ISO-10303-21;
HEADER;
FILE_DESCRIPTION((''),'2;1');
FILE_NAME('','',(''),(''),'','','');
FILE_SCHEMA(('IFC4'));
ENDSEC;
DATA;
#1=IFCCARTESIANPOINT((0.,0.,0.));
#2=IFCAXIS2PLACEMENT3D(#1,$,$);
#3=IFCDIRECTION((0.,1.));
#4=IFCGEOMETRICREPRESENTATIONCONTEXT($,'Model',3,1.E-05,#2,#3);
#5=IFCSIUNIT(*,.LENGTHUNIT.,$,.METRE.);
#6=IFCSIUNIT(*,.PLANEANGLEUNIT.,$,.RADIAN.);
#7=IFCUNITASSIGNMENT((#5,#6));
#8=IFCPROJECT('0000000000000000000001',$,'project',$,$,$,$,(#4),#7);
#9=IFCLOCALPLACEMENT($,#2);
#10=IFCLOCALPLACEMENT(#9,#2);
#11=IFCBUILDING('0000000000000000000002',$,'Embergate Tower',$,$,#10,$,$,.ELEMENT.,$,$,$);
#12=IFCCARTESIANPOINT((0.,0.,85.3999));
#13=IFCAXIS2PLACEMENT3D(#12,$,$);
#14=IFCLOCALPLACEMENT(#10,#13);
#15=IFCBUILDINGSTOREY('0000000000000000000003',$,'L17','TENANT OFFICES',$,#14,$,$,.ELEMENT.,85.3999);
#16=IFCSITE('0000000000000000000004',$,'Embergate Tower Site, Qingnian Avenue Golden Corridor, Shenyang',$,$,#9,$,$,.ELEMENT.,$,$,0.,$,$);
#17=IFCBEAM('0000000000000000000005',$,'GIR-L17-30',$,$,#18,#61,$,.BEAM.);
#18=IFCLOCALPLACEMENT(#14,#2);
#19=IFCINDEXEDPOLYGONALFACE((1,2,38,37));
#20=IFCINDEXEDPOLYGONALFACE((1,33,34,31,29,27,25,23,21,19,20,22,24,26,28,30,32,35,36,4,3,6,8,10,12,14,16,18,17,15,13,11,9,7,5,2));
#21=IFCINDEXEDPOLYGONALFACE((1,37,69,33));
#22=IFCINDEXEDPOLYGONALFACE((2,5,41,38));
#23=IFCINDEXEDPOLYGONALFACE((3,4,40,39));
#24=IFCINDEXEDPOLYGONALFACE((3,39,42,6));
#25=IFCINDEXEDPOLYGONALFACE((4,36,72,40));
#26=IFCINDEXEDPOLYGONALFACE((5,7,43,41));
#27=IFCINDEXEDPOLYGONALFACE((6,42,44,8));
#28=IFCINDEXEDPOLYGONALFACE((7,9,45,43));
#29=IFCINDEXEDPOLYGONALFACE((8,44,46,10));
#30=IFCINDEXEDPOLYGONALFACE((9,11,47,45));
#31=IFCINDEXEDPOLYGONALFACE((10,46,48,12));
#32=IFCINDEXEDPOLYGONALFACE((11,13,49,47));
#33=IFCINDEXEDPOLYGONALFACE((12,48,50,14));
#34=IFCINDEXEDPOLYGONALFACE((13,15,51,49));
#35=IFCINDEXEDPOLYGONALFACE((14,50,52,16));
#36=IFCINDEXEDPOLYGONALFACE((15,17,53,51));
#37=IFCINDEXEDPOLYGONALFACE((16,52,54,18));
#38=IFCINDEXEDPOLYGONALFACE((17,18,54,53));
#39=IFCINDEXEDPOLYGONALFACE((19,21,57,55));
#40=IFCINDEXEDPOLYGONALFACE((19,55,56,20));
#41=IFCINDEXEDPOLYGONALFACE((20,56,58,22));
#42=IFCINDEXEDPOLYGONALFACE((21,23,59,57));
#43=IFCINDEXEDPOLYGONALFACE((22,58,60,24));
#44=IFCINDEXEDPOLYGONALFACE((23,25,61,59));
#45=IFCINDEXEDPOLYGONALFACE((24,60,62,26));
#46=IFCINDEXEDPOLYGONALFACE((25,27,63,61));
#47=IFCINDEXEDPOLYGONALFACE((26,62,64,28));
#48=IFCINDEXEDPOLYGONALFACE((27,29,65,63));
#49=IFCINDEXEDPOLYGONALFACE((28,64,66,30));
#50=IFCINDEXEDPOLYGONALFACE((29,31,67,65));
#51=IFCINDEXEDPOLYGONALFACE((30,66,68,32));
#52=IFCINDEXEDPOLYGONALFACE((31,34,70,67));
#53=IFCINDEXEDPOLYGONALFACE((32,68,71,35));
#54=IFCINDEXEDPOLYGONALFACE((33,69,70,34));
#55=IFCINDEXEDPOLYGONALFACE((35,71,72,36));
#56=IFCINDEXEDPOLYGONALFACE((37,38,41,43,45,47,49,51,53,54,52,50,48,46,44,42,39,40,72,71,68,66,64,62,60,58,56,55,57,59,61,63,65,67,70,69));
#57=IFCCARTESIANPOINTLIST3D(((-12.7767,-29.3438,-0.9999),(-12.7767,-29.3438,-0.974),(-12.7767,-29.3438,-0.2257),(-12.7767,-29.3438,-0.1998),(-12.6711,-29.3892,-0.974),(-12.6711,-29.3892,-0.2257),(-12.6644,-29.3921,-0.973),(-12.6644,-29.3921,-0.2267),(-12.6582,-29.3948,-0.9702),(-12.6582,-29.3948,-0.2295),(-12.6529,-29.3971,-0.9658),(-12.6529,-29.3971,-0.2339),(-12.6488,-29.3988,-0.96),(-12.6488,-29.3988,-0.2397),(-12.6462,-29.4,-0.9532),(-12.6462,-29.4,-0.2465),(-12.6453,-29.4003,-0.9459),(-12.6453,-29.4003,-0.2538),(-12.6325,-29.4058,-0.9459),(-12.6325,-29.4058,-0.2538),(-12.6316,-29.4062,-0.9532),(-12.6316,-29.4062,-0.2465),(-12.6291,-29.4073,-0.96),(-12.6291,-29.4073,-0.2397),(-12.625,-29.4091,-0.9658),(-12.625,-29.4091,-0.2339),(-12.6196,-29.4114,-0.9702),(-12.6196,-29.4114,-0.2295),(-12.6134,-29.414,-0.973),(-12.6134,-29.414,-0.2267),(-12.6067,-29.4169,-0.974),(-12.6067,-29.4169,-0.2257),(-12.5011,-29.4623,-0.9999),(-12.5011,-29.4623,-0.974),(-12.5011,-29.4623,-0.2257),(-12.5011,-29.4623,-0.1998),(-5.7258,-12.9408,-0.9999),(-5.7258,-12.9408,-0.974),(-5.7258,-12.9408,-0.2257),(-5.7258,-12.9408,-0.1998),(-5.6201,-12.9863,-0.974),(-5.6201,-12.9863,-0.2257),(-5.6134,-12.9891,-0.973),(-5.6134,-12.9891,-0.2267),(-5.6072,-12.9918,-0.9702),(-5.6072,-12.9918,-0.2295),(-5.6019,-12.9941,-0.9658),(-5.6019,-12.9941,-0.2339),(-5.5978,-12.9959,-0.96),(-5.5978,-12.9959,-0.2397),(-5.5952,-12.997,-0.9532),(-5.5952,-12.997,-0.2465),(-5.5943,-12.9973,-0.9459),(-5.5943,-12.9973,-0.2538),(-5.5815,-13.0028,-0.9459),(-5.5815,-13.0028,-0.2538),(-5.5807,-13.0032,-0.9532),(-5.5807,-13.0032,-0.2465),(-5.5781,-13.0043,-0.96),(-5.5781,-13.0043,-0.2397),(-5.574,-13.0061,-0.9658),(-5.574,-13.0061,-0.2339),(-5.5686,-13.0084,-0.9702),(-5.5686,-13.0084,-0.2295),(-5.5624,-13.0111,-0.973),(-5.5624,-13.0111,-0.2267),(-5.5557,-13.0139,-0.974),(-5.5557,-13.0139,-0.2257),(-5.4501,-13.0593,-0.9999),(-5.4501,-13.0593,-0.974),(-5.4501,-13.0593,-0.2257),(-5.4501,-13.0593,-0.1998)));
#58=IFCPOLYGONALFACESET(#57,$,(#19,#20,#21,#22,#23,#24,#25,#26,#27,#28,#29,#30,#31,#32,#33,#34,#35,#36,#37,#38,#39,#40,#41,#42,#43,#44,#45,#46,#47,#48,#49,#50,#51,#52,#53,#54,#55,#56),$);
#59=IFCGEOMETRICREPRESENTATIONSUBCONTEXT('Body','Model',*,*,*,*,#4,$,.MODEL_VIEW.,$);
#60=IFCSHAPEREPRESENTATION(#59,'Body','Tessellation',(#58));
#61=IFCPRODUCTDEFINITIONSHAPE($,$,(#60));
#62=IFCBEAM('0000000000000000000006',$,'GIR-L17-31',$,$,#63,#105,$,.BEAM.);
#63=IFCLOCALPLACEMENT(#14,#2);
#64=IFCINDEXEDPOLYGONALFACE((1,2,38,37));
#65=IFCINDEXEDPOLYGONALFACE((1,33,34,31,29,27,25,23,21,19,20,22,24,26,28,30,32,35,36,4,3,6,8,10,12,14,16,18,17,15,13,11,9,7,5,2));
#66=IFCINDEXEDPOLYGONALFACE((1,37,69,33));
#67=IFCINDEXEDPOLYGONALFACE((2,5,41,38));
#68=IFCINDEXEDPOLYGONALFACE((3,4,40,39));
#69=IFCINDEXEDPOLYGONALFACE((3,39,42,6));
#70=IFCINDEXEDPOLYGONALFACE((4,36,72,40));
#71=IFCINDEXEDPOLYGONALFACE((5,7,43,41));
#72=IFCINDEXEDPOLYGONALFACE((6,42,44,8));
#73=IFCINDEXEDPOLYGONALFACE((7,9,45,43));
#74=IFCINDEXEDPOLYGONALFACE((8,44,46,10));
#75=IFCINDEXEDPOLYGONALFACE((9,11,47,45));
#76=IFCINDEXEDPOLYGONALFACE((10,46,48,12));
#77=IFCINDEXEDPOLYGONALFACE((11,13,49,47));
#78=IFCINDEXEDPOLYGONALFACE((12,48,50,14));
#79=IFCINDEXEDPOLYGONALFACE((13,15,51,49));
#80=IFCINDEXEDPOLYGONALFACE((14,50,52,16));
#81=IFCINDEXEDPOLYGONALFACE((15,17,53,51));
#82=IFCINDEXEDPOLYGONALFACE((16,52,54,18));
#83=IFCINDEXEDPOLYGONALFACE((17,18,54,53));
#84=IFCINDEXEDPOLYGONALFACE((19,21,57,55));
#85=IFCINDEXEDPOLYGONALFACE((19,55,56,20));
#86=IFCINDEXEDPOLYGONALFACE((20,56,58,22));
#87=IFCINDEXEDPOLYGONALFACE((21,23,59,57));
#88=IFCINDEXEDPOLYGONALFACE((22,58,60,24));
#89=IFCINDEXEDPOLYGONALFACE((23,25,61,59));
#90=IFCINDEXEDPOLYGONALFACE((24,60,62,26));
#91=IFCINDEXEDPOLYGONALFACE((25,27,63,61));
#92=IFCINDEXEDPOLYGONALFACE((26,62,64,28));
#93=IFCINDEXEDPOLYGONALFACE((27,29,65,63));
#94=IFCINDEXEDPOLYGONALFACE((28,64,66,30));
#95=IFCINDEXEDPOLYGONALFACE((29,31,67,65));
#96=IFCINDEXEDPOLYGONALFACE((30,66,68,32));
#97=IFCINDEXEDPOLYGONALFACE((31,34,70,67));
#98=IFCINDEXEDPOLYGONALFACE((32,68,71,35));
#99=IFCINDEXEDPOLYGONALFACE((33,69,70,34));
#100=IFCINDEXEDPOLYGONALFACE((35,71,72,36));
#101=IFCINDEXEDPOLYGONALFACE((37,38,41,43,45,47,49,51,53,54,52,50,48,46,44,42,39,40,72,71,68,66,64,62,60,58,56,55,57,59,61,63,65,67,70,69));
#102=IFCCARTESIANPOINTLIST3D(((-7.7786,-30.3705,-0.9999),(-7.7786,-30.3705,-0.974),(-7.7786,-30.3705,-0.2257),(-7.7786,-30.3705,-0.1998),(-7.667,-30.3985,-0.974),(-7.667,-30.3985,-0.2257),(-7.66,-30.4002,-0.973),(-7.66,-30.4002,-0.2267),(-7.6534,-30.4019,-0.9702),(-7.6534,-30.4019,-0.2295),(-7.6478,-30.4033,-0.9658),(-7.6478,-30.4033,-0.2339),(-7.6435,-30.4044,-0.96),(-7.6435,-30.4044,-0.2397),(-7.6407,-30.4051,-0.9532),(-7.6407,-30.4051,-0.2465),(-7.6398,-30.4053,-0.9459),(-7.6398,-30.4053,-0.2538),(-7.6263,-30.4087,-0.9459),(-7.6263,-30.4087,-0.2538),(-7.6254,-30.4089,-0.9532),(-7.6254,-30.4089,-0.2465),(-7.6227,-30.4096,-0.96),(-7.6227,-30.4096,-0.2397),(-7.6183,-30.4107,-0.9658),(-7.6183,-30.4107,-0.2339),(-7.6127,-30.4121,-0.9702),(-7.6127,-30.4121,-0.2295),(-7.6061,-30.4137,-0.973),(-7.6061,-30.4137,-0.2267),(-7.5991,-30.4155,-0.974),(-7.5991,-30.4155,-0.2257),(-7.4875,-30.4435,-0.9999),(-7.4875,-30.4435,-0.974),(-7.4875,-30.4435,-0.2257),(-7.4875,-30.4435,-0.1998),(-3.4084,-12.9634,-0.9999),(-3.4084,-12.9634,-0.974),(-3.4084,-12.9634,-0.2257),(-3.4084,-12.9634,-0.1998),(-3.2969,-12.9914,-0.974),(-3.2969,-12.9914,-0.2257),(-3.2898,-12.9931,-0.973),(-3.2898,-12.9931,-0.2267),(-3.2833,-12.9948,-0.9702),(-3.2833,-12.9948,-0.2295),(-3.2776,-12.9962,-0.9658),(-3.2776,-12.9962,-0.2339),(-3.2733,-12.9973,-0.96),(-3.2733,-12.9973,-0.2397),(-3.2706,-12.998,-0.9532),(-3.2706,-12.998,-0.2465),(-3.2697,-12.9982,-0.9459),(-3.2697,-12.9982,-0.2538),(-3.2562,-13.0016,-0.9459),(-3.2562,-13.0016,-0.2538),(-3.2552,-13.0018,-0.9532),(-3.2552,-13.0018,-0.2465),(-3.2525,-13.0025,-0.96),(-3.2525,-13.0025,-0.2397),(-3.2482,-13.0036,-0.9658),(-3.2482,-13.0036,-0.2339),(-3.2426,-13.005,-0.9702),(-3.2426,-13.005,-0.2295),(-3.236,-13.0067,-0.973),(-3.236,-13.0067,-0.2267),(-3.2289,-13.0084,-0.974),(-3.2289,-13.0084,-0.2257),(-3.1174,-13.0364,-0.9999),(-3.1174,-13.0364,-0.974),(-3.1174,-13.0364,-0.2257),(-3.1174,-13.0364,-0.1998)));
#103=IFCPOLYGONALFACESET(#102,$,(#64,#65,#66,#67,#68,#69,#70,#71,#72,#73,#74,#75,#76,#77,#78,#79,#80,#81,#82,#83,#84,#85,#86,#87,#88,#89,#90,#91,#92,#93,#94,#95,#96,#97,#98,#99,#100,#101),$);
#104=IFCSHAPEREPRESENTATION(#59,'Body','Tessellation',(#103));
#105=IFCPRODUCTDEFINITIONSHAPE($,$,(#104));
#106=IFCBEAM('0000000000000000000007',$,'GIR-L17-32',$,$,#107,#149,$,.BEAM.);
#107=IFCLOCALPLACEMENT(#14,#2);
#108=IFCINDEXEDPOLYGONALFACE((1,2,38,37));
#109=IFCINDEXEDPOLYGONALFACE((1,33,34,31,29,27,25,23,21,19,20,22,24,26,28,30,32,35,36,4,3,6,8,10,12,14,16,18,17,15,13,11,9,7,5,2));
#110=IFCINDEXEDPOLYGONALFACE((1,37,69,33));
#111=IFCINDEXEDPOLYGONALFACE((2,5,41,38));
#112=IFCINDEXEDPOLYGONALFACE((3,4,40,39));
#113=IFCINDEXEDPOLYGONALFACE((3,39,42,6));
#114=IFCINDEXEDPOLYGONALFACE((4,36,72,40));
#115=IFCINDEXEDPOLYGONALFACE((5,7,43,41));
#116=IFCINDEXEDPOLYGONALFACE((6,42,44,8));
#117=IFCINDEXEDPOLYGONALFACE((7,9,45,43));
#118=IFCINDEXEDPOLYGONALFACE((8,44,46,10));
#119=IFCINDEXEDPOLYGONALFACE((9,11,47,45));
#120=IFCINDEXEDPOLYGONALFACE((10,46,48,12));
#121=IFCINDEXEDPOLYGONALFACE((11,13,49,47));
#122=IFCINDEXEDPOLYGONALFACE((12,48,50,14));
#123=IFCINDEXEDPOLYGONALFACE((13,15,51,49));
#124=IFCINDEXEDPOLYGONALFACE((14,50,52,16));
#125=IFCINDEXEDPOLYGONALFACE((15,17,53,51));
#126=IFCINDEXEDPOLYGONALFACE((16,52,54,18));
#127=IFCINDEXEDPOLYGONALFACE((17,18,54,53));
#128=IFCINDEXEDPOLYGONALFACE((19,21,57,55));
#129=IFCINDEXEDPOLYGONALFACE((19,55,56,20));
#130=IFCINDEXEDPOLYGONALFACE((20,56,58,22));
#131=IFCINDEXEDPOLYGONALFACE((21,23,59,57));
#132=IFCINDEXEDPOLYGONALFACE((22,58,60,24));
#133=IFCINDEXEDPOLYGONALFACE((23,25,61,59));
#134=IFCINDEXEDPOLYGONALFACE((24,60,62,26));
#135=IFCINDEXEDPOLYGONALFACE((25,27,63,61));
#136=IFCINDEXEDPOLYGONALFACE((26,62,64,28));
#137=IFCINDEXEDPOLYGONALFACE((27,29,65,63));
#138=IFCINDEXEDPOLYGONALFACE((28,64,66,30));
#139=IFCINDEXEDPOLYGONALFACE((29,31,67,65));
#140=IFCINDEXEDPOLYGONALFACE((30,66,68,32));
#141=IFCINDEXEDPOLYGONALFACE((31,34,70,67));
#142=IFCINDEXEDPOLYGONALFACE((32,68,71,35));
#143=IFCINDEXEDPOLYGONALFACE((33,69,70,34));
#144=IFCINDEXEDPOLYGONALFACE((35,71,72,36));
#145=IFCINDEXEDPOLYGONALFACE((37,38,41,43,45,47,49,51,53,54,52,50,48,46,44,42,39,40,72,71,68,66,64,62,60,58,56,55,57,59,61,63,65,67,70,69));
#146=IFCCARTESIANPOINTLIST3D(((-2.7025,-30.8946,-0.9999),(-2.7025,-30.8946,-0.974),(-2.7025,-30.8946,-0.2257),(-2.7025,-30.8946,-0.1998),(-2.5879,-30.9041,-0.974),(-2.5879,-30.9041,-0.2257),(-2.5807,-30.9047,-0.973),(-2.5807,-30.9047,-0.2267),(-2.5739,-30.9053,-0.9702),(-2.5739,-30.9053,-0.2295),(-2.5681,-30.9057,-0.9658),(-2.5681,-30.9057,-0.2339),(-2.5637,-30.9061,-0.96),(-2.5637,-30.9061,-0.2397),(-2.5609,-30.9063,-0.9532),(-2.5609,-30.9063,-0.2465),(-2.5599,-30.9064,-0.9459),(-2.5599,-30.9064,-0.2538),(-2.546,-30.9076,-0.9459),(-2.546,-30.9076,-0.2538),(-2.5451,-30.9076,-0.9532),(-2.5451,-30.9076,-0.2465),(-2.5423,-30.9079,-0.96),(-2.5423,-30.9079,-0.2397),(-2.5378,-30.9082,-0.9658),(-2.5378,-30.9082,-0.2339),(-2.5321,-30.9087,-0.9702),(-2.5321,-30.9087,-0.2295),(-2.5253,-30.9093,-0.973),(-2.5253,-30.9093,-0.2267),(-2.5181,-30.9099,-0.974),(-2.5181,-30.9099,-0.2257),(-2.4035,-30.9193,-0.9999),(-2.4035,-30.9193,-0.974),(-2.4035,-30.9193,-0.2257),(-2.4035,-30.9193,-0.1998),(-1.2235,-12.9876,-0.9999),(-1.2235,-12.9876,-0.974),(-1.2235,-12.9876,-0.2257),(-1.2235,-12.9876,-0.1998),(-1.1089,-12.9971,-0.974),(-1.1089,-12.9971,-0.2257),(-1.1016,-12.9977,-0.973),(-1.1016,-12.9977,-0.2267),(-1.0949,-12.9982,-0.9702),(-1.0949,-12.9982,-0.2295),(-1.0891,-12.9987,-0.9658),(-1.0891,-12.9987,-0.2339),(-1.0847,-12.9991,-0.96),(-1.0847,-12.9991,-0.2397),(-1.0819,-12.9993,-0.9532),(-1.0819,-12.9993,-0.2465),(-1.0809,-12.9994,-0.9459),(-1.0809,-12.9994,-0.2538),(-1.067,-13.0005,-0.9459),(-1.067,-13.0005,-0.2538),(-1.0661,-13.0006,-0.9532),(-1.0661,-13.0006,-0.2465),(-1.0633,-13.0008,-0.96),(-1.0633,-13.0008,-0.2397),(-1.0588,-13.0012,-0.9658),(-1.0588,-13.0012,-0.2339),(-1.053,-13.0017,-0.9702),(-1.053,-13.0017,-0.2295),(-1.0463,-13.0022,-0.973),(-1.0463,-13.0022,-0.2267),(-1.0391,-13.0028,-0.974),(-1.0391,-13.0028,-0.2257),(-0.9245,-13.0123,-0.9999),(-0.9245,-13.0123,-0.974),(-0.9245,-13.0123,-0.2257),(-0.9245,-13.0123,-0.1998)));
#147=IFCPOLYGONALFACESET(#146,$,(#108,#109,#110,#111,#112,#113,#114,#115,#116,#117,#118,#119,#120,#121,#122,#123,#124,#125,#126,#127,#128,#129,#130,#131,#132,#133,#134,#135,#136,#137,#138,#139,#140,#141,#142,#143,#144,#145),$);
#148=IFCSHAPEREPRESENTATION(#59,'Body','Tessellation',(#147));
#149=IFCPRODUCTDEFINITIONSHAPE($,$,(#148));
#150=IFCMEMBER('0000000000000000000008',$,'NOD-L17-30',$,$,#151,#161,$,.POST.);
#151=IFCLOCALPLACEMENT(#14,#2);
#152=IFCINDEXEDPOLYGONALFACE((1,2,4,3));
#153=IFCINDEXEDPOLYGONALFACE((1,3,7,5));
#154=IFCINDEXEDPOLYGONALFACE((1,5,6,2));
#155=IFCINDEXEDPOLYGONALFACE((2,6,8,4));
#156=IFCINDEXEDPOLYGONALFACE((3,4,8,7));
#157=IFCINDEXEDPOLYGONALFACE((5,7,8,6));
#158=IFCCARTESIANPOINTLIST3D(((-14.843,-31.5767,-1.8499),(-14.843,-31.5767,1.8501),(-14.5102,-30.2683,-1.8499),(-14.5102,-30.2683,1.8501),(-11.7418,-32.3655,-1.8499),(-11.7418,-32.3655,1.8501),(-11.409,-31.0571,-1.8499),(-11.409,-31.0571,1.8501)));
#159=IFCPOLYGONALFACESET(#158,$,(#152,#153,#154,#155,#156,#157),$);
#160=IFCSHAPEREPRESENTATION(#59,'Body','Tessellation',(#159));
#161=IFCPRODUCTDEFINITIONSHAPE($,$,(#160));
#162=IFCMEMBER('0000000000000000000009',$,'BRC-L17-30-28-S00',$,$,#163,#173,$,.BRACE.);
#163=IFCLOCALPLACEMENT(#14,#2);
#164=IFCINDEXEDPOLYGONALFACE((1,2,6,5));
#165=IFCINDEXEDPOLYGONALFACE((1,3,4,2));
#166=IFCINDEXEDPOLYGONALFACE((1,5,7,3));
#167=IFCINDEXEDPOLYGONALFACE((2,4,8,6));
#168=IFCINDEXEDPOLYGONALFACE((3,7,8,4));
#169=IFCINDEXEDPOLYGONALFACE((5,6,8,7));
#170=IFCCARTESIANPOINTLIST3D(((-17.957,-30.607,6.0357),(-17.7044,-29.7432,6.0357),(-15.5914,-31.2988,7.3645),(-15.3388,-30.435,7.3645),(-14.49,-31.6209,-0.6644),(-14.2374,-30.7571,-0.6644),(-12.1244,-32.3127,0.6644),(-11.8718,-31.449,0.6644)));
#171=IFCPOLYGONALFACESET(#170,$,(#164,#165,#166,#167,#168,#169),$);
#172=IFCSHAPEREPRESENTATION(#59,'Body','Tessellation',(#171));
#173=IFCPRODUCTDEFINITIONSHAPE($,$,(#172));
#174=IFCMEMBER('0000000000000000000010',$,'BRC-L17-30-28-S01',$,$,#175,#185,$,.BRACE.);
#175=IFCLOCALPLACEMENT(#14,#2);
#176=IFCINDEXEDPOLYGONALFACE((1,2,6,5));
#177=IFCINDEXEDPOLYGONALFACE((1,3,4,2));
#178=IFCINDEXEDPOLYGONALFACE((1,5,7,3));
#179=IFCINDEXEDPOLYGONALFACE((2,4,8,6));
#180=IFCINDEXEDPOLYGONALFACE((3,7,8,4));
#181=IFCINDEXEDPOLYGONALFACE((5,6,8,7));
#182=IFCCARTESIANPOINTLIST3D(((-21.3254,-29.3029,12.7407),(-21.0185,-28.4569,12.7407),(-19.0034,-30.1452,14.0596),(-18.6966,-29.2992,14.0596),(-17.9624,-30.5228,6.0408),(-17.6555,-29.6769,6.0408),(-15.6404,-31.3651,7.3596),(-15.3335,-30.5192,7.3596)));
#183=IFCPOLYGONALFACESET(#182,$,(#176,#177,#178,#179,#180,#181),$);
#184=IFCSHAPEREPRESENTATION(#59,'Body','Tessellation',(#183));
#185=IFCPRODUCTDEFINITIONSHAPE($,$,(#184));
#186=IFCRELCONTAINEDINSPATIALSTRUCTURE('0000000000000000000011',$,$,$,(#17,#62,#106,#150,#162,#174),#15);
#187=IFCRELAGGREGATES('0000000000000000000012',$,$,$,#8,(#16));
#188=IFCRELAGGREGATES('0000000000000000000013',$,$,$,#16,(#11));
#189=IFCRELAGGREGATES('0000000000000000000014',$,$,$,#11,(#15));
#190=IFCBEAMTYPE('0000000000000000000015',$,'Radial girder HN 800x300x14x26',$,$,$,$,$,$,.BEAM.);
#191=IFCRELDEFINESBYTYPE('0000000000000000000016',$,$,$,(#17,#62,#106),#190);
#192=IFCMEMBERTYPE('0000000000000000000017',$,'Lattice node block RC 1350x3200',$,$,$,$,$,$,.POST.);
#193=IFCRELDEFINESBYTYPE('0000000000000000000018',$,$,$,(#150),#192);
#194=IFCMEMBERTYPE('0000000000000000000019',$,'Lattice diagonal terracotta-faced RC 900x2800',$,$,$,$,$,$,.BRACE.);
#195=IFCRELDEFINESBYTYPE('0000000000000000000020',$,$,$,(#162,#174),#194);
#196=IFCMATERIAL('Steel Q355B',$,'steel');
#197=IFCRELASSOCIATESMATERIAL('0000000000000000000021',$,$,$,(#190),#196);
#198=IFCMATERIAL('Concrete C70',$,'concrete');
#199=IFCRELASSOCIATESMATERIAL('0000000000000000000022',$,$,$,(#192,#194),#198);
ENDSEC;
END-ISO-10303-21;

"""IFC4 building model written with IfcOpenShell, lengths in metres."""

from ifc_helpers import new_model, si_unit, direction, frame, origin, origin_2d, place, context, subcontext, project, spatial, rectangle, i_section, extrude, source, transform, mapped, material, material_profile, profile_set, type_object, element, save


model = new_model("IFC4")

# Units and contexts
model_context = context("Model", 3, precision=1e-05, world=origin(), true_north=direction((0.0, 1.0)))
body_context = subcontext(model_context, "Body", "Model", "MODEL_VIEW")
ifc_project = project(units=[si_unit("LENGTHUNIT", "METRE"), si_unit("PLANEANGLEUNIT", "RADIAN")], contexts=[model_context])

# Site, building, storey
site_placement = place(None, origin())
site = spatial("IfcSite", under=ifc_project, at=site_placement, Name="Embergate Tower Site, Qingnian Avenue Golden Corridor, Shenyang", CompositionType="ELEMENT", RefElevation=0.0)
building_placement = place(site_placement, origin())
building = spatial("IfcBuilding", under=site, at=building_placement, Name="Embergate Tower", CompositionType="ELEMENT")
storey_placement = place(building_placement, frame((0.0, 0.0, 85.3999)))
storey = spatial("IfcBuildingStorey", under=building, at=storey_placement, Name="L17", Description="TENANT OFFICES", CompositionType="ELEMENT", Elevation=85.3999)

# Shared definitions
ifc_material_1 = material(Name="Concrete C70", Category="concrete")

# Beams
ifc_material_2 = material(Name="Steel Q355B", Category="steel")
ifc_material_profile_1 = material_profile(ifc_material_2, i_section(OverallWidth=0.3, OverallDepth=0.8, WebThickness=0.0139, FlangeThickness=0.0259, FilletRadius=0.0281, at=origin_2d()), Name="HN 800x300x14x26")
ifc_profile_set_1 = profile_set([ifc_material_profile_1], Name="Steel Q355 grade B")
beam_type_1 = type_object("IfcBeamType", Name="Radial girder HN 800x300x14x26", PredefinedType="BEAM", material=ifc_profile_set_1)
shared_shape_1 = source(origin(), body_context, "Body", "SweptSolid", [
    extrude(i_section(OverallWidth=0.3, OverallDepth=0.8, WebThickness=0.0139, FlangeThickness=0.0259, FilletRadius=0.0281, at=origin_2d()), origin(), (0.0, 0.0, 1.0), 17.8542),
])
beam_1_placement = place(storey_placement, frame((-12.6389, -29.4031, -0.5999), z_axis=(0.394919, 0.918716, 0.0), x_axis=(-0.918716, 0.394919, 0.0)))
element("IfcBeam", 1, at=beam_1_placement, inside=storey, type_object=beam_type_1, Name="GIR-L17-30", PredefinedType="BEAM", context=body_context, shape_type="MappedRepresentation", body=[
    mapped(shared_shape_1, transform((0.0, 0.0, 0.0))),
])
shared_shape_2 = source(origin(), body_context, "Body", "SweptSolid", [
    extrude(i_section(OverallWidth=0.3, OverallDepth=0.8, WebThickness=0.0139, FlangeThickness=0.0259, FilletRadius=0.0281, at=origin_2d()), origin(), (0.0, 0.0, 1.0), 17.9473),
])
beam_2_placement = place(storey_placement, frame((-7.6331, -30.407, -0.5999), z_axis=(0.243499, 0.969901, 0.0), x_axis=(-0.969901, 0.243499, 0.0)))
element("IfcBeam", 2, at=beam_2_placement, inside=storey, type_object=beam_type_1, Name="GIR-L17-31", PredefinedType="BEAM", context=body_context, shape_type="MappedRepresentation", body=[
    mapped(shared_shape_2, transform((0.0, 0.0, 0.0))),
])
shared_shape_3 = source(origin(), body_context, "Body", "SweptSolid", [
    extrude(i_section(OverallWidth=0.3, OverallDepth=0.8, WebThickness=0.0139, FlangeThickness=0.0259, FilletRadius=0.0281, at=origin_2d()), origin(), (0.0, 0.0, 1.0), 17.968),
])
beam_3_placement = place(storey_placement, frame((-2.553, -30.907, -0.5999), z_axis=(0.082313, 0.996606, 0.0), x_axis=(-0.996606, 0.082313, 0.0)))
element("IfcBeam", 3, at=beam_3_placement, inside=storey, type_object=beam_type_1, Name="GIR-L17-32", PredefinedType="BEAM", context=body_context, shape_type="MappedRepresentation", body=[
    mapped(shared_shape_3, transform((0.0, 0.0, 0.0))),
])

# Members
ifc_material_profile_2 = material_profile(ifc_material_1, rectangle(XDim=1.3501, YDim=3.2, at=origin_2d()), Name="RC 1350x3200")
ifc_profile_set_2 = profile_set([ifc_material_profile_2], Name="Concrete C70")
member_type_1 = type_object("IfcMemberType", Name="Lattice node block RC 1350x3200", PredefinedType="POST", material=ifc_profile_set_2)
shared_shape_4 = source(origin(), body_context, "Body", "SweptSolid", [
    extrude(rectangle(XDim=1.3501, YDim=3.2, at=origin_2d()), origin(), (0.0, 0.0, 1.0), 3.7),
])
member_1_placement = place(storey_placement, frame((-13.126, -31.3169, -1.8499), z_axis=(0.0, 0.0, 1.0), x_axis=(-0.246492, -0.969145, 0.0)))
element("IfcMember", 4, at=member_1_placement, inside=storey, type_object=member_type_1, Name="NOD-L17-30", PredefinedType="POST", context=body_context, shape_type="MappedRepresentation", body=[
    mapped(shared_shape_4, transform((0.0, 0.0, 0.0))),
])
ifc_material_profile_3 = material_profile(ifc_material_1, rectangle(XDim=0.8999, YDim=2.8, at=origin_2d()), Name="RC 900x2800")
ifc_profile_set_3 = profile_set([ifc_material_profile_3], Name="Concrete C70")
member_type_2 = type_object("IfcMemberType", Name="Lattice diagonal terracotta-faced RC 900x2800", PredefinedType="BRACE", material=ifc_profile_set_3)
shared_shape_5 = source(origin(), body_context, "Body", "SweptSolid", [
    extrude(rectangle(XDim=0.8999, YDim=2.8, at=origin_2d()), origin(), (0.0, 0.0, 1.0), 7.6118),
])
member_2_placement = place(storey_placement, frame((-13.1809, -31.5349, 0.0), z_axis=(-0.455476, 0.133201, 0.880226), x_axis=(-0.280688, -0.959799, 0.0)))
element("IfcMember", 5, at=member_2_placement, inside=storey, type_object=member_type_2, Name="BRC-L17-30-28-S00", PredefinedType="BRACE", context=body_context, shape_type="MappedRepresentation", body=[
    mapped(shared_shape_5, transform((0.0, 0.0, 0.0))),
])
shared_shape_6 = source(origin(), body_context, "Body", "SweptSolid", [
    extrude(rectangle(XDim=0.8999, YDim=2.8, at=origin_2d()), origin(), (0.0, 0.0, 1.0), 7.5952),
])
member_3_placement = place(storey_placement, frame((-16.6479, -30.521, 6.7002), z_axis=(-0.442782, 0.160623, 0.882125), x_axis=(-0.341014, -0.940058, 0.0)))
element("IfcMember", 6, at=member_3_placement, inside=storey, type_object=member_type_2, Name="BRC-L17-30-28-S01", PredefinedType="BRACE", context=body_context, shape_type="MappedRepresentation", body=[
    mapped(shared_shape_6, transform((0.0, 0.0, 0.0))),
])

save(model, "model.ifc")
